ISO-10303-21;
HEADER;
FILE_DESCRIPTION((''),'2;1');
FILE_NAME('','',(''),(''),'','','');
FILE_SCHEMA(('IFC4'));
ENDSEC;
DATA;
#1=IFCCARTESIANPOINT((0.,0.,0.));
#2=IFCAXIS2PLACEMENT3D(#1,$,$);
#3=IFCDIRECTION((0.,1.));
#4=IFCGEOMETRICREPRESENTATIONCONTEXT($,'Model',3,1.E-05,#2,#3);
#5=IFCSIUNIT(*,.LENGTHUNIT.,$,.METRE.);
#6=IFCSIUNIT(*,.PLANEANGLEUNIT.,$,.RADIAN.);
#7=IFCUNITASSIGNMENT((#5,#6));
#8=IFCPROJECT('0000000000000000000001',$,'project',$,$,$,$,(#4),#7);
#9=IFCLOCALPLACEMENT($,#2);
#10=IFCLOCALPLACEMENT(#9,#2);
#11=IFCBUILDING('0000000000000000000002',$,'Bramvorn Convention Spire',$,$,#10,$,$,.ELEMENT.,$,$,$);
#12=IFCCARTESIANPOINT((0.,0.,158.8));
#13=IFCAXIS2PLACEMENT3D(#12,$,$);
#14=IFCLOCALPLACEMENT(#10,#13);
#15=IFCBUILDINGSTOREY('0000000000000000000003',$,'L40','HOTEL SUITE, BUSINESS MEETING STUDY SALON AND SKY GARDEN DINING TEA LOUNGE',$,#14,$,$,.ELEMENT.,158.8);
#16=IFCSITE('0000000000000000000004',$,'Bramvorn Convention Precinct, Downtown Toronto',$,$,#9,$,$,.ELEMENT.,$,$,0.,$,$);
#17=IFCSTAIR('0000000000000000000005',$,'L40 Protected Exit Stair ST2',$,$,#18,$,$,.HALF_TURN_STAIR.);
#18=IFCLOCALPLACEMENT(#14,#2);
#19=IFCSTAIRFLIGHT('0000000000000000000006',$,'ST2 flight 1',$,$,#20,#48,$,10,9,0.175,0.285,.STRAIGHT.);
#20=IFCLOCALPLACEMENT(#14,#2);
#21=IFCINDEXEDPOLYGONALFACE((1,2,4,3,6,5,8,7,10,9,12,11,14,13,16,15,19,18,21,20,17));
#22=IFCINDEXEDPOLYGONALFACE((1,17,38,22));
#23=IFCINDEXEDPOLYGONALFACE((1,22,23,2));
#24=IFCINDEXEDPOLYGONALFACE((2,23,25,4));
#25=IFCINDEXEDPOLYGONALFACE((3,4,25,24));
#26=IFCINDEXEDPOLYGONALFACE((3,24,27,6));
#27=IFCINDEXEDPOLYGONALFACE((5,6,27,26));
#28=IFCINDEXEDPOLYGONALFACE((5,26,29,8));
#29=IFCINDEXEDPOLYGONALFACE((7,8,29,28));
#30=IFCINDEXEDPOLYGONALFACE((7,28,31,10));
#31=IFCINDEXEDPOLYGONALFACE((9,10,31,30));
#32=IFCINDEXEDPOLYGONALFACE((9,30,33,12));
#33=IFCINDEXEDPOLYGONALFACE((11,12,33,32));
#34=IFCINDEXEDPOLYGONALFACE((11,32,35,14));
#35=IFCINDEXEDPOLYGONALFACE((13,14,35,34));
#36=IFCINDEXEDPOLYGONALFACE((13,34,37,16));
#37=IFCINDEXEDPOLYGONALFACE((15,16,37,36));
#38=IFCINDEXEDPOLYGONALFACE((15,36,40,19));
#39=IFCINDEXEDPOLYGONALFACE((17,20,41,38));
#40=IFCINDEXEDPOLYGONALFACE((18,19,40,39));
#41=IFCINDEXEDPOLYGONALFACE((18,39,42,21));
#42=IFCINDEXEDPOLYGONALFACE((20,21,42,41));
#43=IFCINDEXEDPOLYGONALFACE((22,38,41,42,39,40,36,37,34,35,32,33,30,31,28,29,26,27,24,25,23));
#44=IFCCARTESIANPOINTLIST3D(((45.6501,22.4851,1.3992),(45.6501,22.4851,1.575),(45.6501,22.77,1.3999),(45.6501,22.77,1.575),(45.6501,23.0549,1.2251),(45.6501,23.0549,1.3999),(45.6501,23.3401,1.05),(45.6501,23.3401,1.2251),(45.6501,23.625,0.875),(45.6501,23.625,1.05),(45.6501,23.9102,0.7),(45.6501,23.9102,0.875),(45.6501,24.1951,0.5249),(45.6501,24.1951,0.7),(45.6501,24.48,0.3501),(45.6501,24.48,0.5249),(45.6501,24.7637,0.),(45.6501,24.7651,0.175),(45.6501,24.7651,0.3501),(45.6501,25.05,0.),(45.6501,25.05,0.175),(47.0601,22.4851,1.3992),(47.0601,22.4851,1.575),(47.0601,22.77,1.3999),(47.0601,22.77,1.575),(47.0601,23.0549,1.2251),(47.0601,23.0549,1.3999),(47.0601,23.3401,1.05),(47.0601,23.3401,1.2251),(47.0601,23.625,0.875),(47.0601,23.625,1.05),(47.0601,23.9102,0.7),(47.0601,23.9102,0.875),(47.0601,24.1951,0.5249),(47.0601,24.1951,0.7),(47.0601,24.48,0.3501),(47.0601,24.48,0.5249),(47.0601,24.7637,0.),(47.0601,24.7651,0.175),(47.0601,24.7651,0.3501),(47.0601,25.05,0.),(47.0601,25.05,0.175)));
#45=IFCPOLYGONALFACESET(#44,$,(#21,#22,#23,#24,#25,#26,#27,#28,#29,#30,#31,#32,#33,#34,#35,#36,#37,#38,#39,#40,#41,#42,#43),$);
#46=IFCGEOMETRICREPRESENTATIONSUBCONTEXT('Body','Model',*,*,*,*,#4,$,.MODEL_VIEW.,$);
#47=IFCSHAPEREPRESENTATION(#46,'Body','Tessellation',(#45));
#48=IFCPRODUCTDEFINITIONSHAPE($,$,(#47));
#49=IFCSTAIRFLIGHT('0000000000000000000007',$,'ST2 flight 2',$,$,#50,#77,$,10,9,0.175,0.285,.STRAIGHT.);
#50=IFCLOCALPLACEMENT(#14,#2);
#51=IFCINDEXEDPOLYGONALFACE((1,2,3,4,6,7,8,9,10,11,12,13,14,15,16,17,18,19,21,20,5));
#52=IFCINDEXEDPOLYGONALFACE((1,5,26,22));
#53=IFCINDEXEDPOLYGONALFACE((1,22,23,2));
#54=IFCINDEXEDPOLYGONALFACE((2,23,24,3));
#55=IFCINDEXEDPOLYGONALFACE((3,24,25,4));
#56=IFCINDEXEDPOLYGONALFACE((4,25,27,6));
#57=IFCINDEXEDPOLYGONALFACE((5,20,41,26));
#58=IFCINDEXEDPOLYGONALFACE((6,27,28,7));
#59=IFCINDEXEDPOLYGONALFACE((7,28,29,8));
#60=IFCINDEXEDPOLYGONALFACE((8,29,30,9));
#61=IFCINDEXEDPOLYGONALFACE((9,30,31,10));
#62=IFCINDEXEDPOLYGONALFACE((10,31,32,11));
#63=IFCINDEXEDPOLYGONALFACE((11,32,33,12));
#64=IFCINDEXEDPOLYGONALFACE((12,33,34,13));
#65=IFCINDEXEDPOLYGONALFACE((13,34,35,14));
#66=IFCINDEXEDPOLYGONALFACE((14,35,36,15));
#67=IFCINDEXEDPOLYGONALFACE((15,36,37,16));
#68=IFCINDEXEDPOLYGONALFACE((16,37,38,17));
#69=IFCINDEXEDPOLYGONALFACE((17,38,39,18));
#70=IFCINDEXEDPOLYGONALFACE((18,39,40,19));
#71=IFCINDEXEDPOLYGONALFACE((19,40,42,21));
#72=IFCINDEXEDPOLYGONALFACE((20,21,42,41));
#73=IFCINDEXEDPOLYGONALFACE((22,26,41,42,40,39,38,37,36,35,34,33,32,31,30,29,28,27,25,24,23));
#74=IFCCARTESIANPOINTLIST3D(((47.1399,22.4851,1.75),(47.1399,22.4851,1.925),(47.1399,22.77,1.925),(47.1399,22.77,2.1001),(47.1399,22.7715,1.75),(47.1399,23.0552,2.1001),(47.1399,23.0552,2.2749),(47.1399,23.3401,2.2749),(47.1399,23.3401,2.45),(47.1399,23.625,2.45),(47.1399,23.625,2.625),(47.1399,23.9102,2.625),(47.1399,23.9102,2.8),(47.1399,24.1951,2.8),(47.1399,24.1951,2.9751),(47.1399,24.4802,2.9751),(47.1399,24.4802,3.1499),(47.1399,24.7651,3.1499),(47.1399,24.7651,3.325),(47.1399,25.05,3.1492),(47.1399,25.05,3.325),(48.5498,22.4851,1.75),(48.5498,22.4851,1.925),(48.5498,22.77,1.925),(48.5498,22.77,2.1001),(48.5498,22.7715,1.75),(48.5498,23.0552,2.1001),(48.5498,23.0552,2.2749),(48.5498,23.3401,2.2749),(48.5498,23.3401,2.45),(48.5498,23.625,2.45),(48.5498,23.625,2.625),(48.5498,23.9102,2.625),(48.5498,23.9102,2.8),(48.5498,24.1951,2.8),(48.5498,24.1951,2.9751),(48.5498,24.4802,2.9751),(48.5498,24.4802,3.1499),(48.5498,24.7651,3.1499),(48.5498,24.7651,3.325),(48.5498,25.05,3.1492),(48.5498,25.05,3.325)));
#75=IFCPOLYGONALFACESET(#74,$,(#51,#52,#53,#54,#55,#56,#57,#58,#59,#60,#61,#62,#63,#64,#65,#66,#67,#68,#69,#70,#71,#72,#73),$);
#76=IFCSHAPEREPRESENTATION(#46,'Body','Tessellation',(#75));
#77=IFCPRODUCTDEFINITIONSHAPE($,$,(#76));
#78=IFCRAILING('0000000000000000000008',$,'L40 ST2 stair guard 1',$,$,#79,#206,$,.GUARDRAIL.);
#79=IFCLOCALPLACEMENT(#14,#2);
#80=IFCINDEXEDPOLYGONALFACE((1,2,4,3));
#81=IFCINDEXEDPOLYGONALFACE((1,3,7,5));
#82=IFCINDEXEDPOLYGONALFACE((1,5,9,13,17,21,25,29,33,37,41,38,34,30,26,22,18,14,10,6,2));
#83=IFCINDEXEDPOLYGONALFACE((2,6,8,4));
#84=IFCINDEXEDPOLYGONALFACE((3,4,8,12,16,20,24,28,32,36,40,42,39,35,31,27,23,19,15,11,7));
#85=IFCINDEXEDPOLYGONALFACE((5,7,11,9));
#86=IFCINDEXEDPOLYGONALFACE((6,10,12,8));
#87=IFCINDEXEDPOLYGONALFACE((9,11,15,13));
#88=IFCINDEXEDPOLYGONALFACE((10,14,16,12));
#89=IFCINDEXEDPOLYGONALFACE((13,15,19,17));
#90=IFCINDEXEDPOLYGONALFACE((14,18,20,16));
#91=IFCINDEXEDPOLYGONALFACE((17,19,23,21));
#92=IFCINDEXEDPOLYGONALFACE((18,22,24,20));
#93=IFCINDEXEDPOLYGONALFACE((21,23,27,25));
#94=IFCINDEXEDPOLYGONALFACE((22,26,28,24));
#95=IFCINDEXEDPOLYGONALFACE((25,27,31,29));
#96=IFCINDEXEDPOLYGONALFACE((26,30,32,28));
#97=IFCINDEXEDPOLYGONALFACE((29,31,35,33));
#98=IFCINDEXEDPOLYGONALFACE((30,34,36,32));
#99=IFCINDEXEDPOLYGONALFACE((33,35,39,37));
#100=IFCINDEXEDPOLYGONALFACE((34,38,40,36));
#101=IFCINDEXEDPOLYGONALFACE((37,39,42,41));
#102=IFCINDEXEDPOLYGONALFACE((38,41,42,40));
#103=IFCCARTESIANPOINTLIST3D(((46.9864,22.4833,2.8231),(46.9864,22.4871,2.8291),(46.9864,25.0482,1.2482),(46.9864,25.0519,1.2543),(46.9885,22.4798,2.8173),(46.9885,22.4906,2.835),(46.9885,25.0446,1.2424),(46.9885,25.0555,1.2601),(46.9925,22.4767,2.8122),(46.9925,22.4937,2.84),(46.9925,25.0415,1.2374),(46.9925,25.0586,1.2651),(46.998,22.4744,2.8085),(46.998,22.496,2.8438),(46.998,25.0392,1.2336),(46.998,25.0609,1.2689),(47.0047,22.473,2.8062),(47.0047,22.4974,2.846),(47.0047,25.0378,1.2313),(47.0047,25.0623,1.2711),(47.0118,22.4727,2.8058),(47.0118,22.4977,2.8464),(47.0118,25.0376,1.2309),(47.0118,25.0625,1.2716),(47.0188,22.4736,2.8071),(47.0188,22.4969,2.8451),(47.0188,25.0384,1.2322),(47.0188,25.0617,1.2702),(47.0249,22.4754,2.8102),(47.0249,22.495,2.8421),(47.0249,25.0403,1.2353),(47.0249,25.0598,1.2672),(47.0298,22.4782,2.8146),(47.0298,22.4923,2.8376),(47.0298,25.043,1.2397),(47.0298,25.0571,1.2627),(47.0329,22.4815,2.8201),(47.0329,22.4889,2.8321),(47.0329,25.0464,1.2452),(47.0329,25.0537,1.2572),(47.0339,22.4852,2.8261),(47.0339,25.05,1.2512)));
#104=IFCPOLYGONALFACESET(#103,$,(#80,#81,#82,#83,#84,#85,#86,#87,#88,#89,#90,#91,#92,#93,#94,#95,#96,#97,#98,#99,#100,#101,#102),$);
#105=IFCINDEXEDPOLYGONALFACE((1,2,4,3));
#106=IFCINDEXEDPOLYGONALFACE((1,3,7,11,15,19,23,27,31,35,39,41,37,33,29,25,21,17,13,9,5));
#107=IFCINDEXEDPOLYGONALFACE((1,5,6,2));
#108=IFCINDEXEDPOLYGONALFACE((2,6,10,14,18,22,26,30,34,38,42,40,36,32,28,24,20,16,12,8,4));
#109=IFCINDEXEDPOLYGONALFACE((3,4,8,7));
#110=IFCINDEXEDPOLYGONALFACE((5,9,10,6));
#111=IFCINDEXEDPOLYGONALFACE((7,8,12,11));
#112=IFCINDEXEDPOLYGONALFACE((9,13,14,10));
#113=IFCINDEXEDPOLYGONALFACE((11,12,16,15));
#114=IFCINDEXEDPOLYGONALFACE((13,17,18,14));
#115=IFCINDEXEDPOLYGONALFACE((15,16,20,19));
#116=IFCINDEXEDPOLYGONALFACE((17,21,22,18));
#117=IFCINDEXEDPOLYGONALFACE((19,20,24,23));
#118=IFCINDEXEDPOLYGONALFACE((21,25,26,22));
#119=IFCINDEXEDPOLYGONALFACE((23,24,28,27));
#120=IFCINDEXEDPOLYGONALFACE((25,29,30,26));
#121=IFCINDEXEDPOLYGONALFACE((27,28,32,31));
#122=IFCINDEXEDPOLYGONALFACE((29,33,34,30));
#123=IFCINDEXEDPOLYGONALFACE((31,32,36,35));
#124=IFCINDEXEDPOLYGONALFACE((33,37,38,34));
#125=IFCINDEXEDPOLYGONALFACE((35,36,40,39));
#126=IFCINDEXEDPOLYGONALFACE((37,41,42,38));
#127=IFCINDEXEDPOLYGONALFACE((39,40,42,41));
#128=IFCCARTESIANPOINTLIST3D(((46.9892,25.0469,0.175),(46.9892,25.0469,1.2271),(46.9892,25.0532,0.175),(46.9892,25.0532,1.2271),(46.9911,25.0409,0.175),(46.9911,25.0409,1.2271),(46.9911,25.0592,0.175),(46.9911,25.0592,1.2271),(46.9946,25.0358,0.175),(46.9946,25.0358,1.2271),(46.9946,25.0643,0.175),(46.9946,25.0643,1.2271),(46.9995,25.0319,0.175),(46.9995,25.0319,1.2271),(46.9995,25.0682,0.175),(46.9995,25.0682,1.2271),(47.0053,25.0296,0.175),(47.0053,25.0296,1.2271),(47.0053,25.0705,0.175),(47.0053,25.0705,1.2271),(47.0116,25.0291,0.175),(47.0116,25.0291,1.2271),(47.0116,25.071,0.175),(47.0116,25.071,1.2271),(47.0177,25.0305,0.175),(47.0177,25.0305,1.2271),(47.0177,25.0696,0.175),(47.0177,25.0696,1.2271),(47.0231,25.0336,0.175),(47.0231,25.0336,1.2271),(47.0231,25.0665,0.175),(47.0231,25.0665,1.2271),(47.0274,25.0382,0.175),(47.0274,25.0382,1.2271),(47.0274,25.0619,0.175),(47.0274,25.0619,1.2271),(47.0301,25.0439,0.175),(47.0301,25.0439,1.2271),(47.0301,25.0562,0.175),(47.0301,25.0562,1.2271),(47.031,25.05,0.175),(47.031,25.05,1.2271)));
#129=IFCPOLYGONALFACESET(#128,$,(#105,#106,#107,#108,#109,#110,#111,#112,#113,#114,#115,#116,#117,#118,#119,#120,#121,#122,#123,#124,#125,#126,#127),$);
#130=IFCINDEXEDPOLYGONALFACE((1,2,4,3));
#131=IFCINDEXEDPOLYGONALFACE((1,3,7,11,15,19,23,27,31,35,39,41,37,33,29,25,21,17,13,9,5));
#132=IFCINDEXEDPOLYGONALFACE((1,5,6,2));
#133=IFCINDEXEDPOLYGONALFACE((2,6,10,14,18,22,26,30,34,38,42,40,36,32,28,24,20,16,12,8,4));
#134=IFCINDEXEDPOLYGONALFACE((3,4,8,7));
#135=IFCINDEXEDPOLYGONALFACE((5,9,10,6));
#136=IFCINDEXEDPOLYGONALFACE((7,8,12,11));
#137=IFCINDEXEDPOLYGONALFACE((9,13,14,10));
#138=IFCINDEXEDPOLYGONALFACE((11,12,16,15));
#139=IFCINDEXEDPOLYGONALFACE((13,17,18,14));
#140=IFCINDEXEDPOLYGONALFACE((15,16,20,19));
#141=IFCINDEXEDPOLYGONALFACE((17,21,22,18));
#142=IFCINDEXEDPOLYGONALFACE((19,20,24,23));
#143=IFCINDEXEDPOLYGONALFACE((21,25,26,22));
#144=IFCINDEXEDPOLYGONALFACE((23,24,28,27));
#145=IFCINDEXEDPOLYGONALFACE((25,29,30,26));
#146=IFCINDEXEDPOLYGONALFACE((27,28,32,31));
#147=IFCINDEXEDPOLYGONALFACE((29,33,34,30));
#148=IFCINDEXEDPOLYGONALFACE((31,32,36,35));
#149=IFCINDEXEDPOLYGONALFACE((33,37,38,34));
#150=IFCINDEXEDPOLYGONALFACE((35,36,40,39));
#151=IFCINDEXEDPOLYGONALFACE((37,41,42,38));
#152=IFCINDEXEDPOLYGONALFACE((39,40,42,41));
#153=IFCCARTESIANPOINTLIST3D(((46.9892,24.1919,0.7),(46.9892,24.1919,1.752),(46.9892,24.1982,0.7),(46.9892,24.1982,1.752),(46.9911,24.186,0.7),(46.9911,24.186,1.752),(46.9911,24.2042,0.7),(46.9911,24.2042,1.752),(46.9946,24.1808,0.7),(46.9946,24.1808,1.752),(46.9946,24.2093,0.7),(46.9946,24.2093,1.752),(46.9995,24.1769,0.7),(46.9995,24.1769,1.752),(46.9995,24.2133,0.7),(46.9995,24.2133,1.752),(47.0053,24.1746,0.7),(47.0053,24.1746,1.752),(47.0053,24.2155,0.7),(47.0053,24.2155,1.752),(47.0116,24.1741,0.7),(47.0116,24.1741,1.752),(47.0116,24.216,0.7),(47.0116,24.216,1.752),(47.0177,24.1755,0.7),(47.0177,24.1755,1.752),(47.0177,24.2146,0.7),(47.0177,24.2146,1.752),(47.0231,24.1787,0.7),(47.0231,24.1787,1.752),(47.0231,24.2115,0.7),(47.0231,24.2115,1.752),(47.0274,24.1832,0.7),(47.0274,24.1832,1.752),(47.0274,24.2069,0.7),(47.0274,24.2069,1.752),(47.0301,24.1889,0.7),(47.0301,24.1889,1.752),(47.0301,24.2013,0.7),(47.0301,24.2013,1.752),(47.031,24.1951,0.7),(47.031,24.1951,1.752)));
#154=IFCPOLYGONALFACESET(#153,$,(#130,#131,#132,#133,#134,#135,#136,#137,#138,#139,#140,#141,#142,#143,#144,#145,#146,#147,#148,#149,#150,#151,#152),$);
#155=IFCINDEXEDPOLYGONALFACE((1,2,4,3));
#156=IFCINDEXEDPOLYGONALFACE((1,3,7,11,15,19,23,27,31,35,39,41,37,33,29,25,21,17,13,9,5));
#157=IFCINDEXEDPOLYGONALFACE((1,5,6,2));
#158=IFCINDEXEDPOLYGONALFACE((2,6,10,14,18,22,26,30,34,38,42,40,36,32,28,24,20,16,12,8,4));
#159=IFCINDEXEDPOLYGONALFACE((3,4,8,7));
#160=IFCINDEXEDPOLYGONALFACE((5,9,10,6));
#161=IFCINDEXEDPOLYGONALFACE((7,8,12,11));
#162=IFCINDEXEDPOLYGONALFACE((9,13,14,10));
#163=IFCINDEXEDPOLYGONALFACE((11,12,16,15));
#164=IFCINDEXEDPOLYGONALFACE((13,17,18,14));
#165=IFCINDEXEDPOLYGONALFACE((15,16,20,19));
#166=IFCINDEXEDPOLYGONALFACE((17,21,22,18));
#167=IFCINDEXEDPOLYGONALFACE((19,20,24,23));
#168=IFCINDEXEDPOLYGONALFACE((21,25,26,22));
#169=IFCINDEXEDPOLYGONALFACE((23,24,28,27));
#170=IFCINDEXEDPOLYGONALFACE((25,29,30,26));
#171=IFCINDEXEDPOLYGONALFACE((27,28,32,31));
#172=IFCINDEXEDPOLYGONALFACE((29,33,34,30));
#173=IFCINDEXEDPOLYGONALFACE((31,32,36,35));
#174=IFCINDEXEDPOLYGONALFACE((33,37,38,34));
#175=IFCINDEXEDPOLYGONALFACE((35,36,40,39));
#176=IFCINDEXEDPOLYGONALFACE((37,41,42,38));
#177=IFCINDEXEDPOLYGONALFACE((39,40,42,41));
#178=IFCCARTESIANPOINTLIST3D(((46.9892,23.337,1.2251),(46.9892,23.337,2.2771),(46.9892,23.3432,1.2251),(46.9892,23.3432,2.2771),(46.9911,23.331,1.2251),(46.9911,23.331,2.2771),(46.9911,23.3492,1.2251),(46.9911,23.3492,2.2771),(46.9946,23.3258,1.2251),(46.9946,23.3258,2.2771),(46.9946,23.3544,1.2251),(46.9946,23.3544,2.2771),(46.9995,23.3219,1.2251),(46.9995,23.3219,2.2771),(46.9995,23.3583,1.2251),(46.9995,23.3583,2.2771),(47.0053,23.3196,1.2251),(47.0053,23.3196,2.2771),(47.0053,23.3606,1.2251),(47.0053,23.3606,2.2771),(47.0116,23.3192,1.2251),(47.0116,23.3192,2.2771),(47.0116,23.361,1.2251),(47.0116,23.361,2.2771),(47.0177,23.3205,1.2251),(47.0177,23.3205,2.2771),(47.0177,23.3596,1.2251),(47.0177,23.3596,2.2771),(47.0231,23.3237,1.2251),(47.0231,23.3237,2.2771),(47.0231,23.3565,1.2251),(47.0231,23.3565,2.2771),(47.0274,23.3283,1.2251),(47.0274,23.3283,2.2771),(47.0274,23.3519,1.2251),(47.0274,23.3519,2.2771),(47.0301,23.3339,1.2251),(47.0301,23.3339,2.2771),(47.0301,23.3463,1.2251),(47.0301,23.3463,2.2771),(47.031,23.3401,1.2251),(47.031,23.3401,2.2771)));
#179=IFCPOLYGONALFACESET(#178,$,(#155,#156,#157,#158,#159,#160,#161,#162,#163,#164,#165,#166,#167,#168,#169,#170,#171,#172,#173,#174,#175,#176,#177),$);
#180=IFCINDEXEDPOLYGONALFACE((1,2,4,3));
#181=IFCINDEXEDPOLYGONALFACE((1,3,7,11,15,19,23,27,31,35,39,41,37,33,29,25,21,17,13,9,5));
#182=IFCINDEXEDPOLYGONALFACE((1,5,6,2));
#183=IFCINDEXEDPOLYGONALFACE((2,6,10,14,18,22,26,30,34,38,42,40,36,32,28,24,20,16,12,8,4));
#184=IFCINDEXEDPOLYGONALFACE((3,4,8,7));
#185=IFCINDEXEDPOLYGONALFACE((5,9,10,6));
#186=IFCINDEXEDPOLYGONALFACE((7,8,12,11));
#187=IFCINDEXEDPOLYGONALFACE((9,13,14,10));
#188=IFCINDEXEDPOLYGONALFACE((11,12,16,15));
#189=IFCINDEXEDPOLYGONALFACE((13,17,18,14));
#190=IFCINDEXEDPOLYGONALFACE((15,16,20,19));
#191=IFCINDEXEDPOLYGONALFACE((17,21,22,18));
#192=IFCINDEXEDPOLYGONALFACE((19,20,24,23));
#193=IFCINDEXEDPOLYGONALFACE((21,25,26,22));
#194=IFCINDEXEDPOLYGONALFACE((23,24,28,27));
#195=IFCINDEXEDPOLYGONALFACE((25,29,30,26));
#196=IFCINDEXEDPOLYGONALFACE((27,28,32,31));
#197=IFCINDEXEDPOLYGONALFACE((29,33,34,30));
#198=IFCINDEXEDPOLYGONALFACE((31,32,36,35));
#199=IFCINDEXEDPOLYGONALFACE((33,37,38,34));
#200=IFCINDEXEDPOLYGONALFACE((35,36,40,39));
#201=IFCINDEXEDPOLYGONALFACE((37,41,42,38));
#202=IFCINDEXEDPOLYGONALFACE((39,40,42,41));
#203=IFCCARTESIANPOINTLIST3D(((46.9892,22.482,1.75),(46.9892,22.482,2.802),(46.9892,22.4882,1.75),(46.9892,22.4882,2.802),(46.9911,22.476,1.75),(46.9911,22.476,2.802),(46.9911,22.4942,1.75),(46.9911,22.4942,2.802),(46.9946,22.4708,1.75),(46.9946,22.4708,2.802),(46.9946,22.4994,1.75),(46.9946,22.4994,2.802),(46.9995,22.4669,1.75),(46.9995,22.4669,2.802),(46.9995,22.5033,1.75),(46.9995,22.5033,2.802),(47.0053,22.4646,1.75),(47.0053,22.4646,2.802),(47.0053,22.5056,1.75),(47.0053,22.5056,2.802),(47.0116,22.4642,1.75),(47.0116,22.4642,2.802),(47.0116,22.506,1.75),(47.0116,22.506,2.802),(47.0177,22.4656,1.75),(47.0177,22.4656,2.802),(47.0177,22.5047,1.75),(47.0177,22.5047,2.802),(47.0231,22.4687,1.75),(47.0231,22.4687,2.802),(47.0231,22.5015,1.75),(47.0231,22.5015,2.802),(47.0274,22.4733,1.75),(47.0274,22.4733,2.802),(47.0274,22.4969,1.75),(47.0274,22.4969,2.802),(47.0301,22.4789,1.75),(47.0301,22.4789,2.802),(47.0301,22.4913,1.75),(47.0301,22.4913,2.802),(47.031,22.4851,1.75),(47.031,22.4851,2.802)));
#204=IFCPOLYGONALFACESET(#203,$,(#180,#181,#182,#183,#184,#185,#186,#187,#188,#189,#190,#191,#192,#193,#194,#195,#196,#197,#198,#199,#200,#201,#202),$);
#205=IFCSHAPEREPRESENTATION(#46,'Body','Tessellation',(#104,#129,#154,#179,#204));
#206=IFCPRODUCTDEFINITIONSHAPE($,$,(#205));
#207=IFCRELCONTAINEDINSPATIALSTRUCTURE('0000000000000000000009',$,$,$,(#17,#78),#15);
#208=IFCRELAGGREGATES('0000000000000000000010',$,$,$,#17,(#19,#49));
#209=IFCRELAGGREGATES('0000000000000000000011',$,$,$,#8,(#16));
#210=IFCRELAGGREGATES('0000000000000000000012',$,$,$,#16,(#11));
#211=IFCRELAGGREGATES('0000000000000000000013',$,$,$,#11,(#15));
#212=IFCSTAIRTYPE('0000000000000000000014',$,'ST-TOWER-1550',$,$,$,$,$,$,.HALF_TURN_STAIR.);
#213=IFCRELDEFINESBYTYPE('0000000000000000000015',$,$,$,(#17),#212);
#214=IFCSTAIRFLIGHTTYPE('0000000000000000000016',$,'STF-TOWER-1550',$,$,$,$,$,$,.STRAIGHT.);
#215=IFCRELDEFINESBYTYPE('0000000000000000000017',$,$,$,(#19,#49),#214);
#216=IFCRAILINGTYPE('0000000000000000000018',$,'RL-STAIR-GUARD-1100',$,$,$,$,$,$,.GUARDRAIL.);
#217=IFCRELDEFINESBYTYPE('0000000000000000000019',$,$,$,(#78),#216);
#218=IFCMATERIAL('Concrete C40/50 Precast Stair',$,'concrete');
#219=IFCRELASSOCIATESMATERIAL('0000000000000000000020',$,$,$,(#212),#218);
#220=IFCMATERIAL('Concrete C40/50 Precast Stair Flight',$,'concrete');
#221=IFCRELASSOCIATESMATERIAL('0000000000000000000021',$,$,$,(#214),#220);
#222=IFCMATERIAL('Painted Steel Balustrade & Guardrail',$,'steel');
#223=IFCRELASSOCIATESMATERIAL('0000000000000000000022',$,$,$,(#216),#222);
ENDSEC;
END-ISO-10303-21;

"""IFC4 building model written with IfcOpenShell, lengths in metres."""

from ifc_helpers import new_model, si_unit, direction, frame, origin, origin_2d, place, context, subcontext, project, spatial, polyline, circle, outline, extrude, material, type_object, element, aggregate, save


model = new_model("IFC4")

# Units and contexts
model_context = context("Model", 3, precision=1e-05, world=origin(), true_north=direction((0.0, 1.0)))
body_context = subcontext(model_context, "Body", "Model", "MODEL_VIEW")
ifc_project = project(units=[si_unit("LENGTHUNIT", "METRE"), si_unit("PLANEANGLEUNIT", "RADIAN")], contexts=[model_context])

# Site, building, storey
site_placement = place(None, origin())
site = spatial("IfcSite", under=ifc_project, at=site_placement, Name="Bramvorn Convention Precinct, Downtown Toronto", CompositionType="ELEMENT", RefElevation=0.0)
building_placement = place(site_placement, origin())
building = spatial("IfcBuilding", under=site, at=building_placement, Name="Bramvorn Convention Spire", CompositionType="ELEMENT")
storey_placement = place(building_placement, frame((0.0, 0.0, 158.8)))
storey = spatial("IfcBuildingStorey", under=building, at=storey_placement, Name="L40", Description="HOTEL SUITE, BUSINESS MEETING STUDY SALON AND SKY GARDEN DINING TEA LOUNGE", CompositionType="ELEMENT", Elevation=158.8)

# Stair, stair flights
ifc_material_1 = material(Name="Concrete C40/50 Precast Stair", Category="concrete")
stair_type = type_object("IfcStairType", Name="ST-TOWER-1550", PredefinedType="HALF_TURN_STAIR", material=ifc_material_1)
stair_placement = place(storey_placement, origin())
stair = element("IfcStair", 1, at=stair_placement, inside=storey, type_object=stair_type, Name="L40 Protected Exit Stair ST2", PredefinedType="HALF_TURN_STAIR")
ifc_material_2 = material(Name="Concrete C40/50 Precast Stair Flight", Category="concrete")
stair_flight_type = type_object("IfcStairFlightType", Name="STF-TOWER-1550", PredefinedType="STRAIGHT", material=ifc_material_2)
stair_flight_1_placement = place(storey_placement, frame((46.355, 25.05, 0.0), z_axis=(0.0, 0.0, 1.0), x_axis=(0.0, -1.0, 0.0)))
stair_flight_1 = element("IfcStairFlight", 2, at=stair_flight_1_placement, type_object=stair_flight_type, Name="ST2 flight 1", NumberOfRisers=10, NumberOfTreads=9, PredefinedType="STRAIGHT", RiserHeight=0.175, TreadLength=0.285, context=body_context, shape_type="SweptSolid", body=[
    extrude(outline(polyline([(0.0, 0.0), (0.0, 0.175), (0.2849, 0.175), (0.2849, 0.3501), (0.5701, 0.3501), (0.5701, 0.5249), (0.855, 0.5249), (0.855, 0.7), (1.1399, 0.7), (1.1399, 0.875), (1.425, 0.875), (1.425, 1.05), (1.71, 1.05), (1.71, 1.2251), (1.9951, 1.2251), (1.9951, 1.3999), (2.28, 1.3999), (2.28, 1.575), (2.5649, 1.575), (2.5649, 1.75), (2.5649, 1.3992), (0.2864, 0.0), (0.0, 0.0)])), frame((0.0, 0.7051, 0.0), z_axis=(0.0, -1.0, 0.0), x_axis=(1.0, 0.0, 0.0)), (0.0, 0.0, 1.0), 1.4099),
])
stair_flight_2_placement = place(storey_placement, frame((47.845, 22.4851, 1.75), z_axis=(0.0, 0.0, 1.0), x_axis=(0.0, 1.0, 0.0)))
stair_flight_2 = element("IfcStairFlight", 3, at=stair_flight_2_placement, type_object=stair_flight_type, Name="ST2 flight 2", NumberOfRisers=10, NumberOfTreads=9, PredefinedType="STRAIGHT", RiserHeight=0.175, TreadLength=0.285, context=body_context, shape_type="SweptSolid", body=[
    extrude(outline(polyline([(0.0, 0.0), (0.0, 0.175), (0.2849, 0.175), (0.2849, 0.3501), (0.5701, 0.3501), (0.5701, 0.5249), (0.855, 0.5249), (0.855, 0.7), (1.1399, 0.7), (1.1399, 0.875), (1.425, 0.875), (1.425, 1.05), (1.71, 1.05), (1.71, 1.2251), (1.9951, 1.2251), (1.9951, 1.3999), (2.28, 1.3999), (2.28, 1.575), (2.5649, 1.575), (2.5649, 1.75), (2.5649, 1.3992), (0.2864, 0.0), (0.0, 0.0)])), frame((0.0, 0.7051, 0.0), z_axis=(0.0, -1.0, 0.0), x_axis=(1.0, 0.0, 0.0)), (0.0, 0.0, 1.0), 1.4099),
])
aggregate(stair, [stair_flight_1, stair_flight_2])

# Railing
ifc_material_3 = material(Name="Painted Steel Balustrade & Guardrail", Category="steel")
railing_type_1 = type_object("IfcRailingType", Name="RL-STAIR-GUARD-1100", PredefinedType="GUARDRAIL", material=ifc_material_3)
railing_1_placement = place(storey_placement, frame((47.01, 25.05, 0.175)))
element("IfcRailing", 4, at=railing_1_placement, inside=storey, type_object=railing_type_1, Name="L40 ST2 stair guard 1", PredefinedType="GUARDRAIL", context=body_context, shape_type="SweptSolid", body=[
    extrude(circle(Radius=0.0239, at=origin_2d()), frame((0.0, 0.0, 1.0762), z_axis=(0.0, -0.852173, 0.52326), x_axis=(1.0, 0.0, 0.0)), (0.0, 0.0, 1.0), 3.0098),
    extrude(circle(Radius=0.021, at=origin_2d()), origin(), (0.0, 0.0, 1.0), 1.052),
    extrude(circle(Radius=0.021, at=origin_2d()), frame((0.0, -0.855, 0.5249)), (0.0, 0.0, 1.0), 1.052),
    extrude(circle(Radius=0.021, at=origin_2d()), frame((0.0, -1.71, 1.05)), (0.0, 0.0, 1.0), 1.052),
    extrude(circle(Radius=0.021, at=origin_2d()), frame((0.0, -2.5649, 1.575)), (0.0, 0.0, 1.0), 1.052),
])

save(model, "model.ifc")
